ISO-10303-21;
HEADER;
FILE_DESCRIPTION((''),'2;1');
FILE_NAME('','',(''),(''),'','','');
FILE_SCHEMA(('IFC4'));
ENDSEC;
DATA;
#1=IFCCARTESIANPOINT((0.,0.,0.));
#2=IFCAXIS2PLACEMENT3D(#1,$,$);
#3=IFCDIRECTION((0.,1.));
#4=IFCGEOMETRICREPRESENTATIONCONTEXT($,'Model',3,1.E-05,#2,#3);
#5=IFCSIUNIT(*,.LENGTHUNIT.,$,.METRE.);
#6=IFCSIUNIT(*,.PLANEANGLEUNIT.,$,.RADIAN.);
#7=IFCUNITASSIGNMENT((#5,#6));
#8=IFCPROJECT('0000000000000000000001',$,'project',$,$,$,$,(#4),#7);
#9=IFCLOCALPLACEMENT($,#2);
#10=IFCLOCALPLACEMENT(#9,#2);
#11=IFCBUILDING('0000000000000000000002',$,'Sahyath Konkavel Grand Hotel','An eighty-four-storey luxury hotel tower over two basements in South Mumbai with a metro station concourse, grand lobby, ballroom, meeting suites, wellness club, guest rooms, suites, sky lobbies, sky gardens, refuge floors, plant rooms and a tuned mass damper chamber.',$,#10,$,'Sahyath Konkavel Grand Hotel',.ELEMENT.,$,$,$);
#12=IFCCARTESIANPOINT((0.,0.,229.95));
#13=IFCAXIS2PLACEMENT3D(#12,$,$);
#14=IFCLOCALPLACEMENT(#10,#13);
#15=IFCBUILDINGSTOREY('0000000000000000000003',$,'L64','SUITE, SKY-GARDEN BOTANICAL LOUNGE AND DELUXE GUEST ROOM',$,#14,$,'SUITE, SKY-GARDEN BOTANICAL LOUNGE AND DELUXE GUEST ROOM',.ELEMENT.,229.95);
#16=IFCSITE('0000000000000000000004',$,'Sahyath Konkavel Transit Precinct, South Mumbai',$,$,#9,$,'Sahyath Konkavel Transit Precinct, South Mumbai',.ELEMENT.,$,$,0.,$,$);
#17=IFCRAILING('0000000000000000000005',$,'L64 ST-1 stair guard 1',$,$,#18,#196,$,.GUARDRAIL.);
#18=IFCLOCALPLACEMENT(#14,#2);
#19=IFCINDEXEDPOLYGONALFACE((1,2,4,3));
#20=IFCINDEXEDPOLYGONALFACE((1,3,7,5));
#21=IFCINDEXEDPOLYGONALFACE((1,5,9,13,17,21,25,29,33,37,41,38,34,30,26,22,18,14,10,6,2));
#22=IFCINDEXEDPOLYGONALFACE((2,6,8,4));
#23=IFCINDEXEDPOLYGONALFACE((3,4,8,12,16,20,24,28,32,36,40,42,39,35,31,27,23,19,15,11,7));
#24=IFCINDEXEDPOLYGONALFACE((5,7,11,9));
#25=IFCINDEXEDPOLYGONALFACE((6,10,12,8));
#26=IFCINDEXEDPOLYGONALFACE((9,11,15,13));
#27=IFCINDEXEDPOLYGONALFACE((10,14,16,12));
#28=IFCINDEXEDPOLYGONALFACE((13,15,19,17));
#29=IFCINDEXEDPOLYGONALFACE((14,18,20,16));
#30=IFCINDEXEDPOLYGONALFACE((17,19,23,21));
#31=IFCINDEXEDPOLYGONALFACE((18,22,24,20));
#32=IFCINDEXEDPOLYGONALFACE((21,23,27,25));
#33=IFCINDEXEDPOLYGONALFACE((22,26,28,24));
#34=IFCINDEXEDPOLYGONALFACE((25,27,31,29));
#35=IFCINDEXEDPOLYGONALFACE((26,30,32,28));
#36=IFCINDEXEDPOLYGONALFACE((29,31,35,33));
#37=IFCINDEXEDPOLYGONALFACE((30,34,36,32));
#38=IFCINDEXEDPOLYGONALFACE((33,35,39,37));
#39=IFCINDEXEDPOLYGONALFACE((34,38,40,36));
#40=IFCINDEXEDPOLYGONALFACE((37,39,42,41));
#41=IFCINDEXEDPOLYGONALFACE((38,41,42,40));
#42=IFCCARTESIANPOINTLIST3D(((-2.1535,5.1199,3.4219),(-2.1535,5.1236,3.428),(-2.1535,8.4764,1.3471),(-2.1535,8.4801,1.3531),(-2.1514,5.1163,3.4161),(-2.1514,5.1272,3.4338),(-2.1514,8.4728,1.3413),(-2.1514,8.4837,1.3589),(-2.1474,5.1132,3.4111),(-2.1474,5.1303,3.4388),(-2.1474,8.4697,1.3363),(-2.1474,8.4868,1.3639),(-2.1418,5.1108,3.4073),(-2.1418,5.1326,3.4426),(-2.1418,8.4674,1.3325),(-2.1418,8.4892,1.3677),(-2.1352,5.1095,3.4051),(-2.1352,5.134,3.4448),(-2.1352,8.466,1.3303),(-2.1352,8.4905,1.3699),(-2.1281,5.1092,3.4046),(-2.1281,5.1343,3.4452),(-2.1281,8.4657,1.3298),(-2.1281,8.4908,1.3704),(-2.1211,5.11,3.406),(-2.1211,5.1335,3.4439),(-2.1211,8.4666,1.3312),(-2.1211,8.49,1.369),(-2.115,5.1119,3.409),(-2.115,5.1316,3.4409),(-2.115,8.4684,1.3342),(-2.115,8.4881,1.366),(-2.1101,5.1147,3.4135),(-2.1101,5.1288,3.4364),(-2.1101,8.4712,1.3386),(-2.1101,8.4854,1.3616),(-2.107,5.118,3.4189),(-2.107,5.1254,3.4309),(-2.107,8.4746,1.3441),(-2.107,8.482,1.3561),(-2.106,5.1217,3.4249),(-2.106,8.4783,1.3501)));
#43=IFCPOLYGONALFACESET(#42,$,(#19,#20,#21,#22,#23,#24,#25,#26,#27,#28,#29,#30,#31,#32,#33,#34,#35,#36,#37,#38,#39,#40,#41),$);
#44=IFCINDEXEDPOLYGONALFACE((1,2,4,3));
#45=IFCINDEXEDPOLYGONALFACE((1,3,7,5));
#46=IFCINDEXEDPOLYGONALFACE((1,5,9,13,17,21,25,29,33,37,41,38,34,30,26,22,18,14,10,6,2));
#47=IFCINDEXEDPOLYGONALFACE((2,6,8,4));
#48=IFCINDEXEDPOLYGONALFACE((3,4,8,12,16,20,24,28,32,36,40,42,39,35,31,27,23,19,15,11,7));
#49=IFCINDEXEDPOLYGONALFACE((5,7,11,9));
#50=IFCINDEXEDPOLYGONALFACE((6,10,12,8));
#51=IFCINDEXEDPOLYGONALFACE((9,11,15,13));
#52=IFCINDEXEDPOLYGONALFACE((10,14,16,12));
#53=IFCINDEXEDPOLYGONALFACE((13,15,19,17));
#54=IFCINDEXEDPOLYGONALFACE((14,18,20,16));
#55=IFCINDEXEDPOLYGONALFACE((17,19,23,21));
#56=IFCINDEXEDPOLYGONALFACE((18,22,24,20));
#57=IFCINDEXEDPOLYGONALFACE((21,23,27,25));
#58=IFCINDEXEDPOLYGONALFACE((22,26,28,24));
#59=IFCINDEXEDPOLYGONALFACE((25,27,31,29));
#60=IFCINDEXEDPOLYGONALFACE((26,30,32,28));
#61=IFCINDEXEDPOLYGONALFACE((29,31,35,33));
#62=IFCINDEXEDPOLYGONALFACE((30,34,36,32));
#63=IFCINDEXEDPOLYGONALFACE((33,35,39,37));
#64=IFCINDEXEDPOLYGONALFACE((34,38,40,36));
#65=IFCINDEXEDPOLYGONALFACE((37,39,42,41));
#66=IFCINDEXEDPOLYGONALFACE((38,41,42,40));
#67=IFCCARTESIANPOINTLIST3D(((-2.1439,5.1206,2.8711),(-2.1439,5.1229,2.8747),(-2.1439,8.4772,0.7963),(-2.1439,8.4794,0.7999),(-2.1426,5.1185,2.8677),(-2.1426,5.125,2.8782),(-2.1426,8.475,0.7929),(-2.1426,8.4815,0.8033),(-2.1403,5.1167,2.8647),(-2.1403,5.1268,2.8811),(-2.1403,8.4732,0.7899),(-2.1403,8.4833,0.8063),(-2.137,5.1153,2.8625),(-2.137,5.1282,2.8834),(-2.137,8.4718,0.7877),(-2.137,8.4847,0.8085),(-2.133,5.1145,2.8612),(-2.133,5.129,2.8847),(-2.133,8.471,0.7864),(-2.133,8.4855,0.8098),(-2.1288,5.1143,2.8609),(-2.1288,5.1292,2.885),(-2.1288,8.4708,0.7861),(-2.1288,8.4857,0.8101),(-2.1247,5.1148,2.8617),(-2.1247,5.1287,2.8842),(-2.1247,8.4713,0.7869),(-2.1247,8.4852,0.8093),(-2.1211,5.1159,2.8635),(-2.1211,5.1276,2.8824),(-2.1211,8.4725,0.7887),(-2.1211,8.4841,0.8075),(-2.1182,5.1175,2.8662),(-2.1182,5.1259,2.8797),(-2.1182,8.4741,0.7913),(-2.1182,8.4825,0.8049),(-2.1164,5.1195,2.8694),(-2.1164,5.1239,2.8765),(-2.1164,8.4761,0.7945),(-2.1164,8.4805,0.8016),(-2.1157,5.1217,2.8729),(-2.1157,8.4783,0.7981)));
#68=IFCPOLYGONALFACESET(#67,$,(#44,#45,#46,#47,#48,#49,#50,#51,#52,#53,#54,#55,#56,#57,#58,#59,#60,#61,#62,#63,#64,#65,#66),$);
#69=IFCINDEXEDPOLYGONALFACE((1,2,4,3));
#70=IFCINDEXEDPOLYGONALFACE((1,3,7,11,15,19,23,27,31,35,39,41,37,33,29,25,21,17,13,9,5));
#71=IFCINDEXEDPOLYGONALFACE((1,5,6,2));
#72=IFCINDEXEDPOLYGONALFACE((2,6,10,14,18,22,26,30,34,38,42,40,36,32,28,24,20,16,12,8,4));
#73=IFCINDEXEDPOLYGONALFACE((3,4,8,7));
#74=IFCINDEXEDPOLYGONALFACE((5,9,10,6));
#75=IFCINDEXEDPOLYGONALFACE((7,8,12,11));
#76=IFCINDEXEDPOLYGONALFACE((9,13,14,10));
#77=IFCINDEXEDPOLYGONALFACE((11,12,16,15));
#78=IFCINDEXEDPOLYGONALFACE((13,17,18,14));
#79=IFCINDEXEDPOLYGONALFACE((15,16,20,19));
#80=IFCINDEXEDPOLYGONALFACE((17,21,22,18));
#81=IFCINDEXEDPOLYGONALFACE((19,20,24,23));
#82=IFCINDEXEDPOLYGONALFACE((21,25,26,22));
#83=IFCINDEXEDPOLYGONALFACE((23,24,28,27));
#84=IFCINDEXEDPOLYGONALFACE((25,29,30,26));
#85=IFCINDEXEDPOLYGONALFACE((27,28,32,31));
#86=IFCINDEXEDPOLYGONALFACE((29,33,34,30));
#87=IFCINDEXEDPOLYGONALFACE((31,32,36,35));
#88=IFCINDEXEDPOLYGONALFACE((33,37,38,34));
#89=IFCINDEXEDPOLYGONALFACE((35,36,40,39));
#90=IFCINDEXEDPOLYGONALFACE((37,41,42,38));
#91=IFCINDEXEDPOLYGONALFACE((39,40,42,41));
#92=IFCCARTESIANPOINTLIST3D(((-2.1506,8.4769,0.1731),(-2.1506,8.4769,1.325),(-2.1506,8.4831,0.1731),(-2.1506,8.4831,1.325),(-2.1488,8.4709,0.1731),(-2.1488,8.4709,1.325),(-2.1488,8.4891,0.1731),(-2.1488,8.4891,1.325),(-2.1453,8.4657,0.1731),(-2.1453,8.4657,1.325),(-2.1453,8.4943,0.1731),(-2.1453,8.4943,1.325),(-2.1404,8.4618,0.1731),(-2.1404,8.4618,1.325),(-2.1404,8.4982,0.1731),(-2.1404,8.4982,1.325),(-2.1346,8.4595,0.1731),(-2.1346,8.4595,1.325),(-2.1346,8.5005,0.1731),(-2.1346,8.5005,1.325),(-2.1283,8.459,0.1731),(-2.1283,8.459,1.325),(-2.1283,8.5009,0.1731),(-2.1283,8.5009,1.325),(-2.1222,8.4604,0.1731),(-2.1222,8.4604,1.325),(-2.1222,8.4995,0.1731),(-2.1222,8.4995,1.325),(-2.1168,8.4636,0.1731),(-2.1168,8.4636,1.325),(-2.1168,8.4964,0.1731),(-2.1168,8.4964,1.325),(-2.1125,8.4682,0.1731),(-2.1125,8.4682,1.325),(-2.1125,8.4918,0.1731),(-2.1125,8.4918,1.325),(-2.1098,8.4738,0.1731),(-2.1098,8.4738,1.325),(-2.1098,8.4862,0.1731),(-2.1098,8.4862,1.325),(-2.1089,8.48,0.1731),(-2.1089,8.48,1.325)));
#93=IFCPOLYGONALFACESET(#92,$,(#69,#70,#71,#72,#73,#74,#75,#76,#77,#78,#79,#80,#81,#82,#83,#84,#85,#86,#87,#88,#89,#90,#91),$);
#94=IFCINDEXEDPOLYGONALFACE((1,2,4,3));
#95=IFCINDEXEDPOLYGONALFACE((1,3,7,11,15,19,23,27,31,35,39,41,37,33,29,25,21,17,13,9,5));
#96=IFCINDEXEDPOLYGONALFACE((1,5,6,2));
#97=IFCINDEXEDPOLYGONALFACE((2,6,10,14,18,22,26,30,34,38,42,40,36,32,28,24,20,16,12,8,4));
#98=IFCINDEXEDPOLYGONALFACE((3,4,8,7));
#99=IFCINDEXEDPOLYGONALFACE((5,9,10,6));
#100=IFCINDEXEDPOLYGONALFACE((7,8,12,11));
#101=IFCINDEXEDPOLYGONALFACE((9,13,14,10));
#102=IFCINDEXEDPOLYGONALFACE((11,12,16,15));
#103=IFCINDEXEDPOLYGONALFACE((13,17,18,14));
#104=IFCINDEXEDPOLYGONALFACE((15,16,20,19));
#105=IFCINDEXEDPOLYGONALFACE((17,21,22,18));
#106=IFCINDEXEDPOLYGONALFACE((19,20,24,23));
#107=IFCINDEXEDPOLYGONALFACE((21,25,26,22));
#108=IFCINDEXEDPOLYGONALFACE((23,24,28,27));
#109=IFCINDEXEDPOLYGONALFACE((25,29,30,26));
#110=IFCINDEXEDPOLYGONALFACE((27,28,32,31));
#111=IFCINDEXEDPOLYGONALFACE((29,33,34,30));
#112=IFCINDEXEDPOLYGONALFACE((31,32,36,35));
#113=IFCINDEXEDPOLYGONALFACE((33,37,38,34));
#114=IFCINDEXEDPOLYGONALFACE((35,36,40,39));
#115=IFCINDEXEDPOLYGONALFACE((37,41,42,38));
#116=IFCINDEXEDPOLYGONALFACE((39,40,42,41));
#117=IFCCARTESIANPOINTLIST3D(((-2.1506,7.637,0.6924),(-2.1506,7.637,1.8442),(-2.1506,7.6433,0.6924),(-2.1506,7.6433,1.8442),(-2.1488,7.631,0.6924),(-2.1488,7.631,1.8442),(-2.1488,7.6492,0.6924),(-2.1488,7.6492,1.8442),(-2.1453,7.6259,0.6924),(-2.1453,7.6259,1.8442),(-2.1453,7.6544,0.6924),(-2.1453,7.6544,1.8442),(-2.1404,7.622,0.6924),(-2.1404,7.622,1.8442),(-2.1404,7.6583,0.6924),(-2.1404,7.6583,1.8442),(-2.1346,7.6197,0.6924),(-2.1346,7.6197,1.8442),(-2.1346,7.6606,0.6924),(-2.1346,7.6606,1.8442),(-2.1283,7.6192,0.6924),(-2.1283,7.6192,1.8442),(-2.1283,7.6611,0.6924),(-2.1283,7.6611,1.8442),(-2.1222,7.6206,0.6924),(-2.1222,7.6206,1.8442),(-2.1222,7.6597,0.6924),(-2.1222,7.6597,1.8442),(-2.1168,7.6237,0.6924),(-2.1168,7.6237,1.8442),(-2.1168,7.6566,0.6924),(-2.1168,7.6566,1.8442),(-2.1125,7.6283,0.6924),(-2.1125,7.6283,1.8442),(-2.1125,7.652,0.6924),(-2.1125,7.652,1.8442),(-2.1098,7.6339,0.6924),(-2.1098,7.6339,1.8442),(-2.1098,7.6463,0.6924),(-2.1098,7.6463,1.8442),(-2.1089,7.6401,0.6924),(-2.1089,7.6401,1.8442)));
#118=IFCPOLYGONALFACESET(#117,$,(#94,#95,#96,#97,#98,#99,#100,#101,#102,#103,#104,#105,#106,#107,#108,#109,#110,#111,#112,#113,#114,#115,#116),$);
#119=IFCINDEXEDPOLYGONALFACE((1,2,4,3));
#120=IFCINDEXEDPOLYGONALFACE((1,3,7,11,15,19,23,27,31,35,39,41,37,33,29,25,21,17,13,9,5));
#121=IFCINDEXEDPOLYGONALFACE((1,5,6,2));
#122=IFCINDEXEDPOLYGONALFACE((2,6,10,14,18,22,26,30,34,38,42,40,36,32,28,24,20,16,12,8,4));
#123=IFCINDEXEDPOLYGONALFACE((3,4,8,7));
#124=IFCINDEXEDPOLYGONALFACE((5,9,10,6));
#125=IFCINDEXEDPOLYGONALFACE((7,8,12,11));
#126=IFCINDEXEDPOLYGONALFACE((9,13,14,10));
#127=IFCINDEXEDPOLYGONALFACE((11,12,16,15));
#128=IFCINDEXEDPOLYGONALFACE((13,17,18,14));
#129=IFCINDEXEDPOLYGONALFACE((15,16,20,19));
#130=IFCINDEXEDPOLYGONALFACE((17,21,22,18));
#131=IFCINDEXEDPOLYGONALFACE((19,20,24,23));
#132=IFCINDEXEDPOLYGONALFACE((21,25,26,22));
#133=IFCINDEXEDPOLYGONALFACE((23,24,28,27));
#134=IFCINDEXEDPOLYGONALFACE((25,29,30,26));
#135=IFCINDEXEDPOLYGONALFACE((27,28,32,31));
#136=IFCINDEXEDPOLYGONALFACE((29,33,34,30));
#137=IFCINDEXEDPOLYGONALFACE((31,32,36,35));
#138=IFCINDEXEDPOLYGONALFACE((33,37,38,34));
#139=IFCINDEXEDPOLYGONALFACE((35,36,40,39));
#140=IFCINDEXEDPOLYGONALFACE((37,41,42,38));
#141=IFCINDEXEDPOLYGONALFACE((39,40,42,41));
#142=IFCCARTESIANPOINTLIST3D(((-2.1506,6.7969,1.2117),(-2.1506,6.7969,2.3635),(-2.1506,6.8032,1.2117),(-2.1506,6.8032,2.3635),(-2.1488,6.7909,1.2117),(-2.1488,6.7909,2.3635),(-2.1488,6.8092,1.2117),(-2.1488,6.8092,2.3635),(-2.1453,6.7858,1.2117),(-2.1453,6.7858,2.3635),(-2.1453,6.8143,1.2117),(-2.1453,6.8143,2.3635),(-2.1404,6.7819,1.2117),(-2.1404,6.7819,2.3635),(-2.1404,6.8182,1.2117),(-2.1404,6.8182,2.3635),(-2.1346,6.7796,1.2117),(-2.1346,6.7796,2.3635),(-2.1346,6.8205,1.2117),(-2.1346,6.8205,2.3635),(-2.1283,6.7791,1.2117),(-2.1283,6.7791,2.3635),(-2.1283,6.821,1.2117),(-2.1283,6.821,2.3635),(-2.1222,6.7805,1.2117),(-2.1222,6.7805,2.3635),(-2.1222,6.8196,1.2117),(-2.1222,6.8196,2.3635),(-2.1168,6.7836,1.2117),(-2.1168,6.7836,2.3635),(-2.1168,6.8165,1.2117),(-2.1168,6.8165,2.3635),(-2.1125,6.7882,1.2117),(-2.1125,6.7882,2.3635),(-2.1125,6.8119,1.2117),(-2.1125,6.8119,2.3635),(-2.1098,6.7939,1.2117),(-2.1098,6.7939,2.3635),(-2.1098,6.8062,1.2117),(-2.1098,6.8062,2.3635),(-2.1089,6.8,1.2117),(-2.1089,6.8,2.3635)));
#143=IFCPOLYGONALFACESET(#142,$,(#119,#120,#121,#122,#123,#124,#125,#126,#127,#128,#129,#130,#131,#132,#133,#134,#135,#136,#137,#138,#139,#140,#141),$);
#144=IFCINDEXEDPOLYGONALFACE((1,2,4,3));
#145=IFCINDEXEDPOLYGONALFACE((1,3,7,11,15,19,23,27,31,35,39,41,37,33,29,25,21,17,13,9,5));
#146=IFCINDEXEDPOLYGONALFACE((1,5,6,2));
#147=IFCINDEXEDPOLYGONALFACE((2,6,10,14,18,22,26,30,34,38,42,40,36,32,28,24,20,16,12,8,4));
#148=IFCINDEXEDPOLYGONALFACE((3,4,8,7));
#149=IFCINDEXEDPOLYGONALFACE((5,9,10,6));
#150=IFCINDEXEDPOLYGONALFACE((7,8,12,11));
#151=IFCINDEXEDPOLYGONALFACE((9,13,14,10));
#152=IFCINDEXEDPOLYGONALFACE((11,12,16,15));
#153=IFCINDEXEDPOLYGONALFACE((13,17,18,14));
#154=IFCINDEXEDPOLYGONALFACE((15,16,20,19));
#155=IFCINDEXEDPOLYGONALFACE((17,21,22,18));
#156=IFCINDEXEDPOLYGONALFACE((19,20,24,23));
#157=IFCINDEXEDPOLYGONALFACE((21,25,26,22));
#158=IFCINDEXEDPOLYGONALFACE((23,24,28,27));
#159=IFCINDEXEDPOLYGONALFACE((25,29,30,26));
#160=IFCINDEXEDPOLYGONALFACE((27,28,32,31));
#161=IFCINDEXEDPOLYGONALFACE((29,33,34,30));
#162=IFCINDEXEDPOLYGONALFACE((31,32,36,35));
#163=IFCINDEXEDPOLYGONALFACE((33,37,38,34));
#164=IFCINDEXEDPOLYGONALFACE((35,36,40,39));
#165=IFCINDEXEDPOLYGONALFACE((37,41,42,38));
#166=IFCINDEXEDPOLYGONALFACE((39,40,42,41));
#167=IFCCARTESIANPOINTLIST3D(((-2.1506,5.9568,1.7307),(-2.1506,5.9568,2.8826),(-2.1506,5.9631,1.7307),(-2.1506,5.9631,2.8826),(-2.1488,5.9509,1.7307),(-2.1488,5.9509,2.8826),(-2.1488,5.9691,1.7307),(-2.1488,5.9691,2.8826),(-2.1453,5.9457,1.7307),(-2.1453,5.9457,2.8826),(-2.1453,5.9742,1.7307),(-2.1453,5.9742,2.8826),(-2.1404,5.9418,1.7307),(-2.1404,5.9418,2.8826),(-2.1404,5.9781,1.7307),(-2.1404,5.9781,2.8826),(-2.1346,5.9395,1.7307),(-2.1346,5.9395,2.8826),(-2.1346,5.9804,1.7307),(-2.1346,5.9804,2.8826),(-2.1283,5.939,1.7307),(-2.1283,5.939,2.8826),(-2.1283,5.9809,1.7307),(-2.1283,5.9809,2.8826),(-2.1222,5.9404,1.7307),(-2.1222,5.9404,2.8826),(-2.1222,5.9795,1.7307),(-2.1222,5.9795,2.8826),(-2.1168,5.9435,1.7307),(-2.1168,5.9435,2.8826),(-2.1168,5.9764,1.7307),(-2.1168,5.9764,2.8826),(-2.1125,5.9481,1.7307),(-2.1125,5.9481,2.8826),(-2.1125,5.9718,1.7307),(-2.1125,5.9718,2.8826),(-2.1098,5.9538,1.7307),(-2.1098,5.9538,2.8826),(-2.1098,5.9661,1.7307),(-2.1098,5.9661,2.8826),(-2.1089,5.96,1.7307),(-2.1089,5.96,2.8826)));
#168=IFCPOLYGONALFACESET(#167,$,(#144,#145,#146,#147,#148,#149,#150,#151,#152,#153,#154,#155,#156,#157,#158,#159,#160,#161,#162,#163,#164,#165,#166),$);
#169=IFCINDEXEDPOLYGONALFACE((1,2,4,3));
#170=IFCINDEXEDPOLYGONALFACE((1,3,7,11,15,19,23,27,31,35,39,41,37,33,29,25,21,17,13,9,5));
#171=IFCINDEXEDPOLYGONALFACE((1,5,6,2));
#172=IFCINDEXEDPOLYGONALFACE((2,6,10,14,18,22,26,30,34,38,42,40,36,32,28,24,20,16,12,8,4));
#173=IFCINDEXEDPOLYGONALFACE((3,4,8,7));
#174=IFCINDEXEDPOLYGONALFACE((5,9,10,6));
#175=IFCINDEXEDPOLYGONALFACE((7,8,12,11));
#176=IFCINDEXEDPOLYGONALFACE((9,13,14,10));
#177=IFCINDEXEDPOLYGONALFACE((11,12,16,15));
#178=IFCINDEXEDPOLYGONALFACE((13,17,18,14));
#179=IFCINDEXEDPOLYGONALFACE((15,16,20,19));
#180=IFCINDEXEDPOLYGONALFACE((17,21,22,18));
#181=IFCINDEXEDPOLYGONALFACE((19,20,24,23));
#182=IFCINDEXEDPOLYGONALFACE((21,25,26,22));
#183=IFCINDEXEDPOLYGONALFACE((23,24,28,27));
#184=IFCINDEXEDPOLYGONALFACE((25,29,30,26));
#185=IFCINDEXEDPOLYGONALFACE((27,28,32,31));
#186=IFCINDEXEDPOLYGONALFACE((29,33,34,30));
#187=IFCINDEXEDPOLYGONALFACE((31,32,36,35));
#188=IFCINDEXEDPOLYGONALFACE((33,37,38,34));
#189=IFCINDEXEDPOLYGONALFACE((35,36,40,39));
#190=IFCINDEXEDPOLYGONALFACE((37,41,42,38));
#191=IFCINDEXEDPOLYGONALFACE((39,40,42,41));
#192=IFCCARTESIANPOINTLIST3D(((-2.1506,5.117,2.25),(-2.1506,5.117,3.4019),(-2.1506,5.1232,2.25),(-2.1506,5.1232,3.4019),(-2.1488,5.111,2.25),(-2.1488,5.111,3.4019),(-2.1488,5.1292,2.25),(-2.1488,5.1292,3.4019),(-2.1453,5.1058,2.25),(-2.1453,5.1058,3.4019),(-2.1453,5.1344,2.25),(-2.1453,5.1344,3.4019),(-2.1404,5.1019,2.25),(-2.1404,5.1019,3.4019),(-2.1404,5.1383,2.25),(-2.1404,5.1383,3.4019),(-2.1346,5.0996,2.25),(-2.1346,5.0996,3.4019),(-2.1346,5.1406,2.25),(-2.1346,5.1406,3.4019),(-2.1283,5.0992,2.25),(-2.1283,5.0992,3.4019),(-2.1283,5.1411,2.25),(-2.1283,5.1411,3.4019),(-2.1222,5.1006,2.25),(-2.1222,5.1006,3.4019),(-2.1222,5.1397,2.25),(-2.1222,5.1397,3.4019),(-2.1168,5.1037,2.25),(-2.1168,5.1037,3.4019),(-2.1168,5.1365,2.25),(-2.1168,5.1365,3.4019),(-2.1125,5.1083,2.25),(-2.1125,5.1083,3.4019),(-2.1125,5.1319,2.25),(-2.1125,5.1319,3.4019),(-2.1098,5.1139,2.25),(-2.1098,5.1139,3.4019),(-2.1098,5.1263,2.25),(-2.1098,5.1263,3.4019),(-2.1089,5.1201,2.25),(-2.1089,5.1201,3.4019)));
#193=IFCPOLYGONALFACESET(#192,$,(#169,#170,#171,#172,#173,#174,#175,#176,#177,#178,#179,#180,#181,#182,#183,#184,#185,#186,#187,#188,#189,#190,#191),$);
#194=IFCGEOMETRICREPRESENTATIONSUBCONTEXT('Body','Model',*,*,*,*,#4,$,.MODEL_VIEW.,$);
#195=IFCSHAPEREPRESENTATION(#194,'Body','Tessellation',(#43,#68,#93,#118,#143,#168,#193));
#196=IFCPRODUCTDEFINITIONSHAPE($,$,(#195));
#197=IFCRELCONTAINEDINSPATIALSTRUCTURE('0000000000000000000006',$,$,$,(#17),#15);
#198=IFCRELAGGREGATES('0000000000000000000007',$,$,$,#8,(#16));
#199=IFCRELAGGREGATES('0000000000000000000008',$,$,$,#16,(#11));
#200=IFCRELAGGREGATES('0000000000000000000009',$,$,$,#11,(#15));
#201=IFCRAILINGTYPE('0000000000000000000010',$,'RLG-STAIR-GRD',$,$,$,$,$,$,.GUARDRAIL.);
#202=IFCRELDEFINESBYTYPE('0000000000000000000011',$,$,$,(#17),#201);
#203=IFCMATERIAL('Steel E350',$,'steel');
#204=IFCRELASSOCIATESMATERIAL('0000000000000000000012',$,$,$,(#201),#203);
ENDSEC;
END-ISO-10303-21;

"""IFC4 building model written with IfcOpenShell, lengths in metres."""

from ifc_helpers import new_model, si_unit, direction, frame, origin, origin_2d, place, context, subcontext, project, spatial, circle, extrude, material, type_object, element, save


model = new_model("IFC4")

# Units and contexts
model_context = context("Model", 3, precision=1e-05, world=origin(), true_north=direction((0.0, 1.0)))
body_context = subcontext(model_context, "Body", "Model", "MODEL_VIEW")
ifc_project = project(units=[si_unit("LENGTHUNIT", "METRE"), si_unit("PLANEANGLEUNIT", "RADIAN")], contexts=[model_context])

# Site, building, storey
site_placement = place(None, origin())
site = spatial("IfcSite", under=ifc_project, at=site_placement, Name="Sahyath Konkavel Transit Precinct, South Mumbai", LongName="Sahyath Konkavel Transit Precinct, South Mumbai", CompositionType="ELEMENT", RefElevation=0.0)
building_placement = place(site_placement, origin())
building = spatial("IfcBuilding", under=site, at=building_placement, Name="Sahyath Konkavel Grand Hotel", Description="An eighty-four-storey luxury hotel tower over two basements in South Mumbai with a metro station concourse, grand lobby, ballroom, meeting suites, wellness club, guest rooms, suites, sky lobbies, sky gardens, refuge floors, plant rooms and a tuned mass damper chamber.", LongName="Sahyath Konkavel Grand Hotel", CompositionType="ELEMENT")
storey_placement = place(building_placement, frame((0.0, 0.0, 229.95)))
storey = spatial("IfcBuildingStorey", under=building, at=storey_placement, Name="L64", Description="SUITE, SKY-GARDEN BOTANICAL LOUNGE AND DELUXE GUEST ROOM", LongName="SUITE, SKY-GARDEN BOTANICAL LOUNGE AND DELUXE GUEST ROOM", CompositionType="ELEMENT", Elevation=229.95)

# Shared definitions
ifc_material_1 = material(Name="Steel E350", Category="steel")

# Railing
railing_type_1 = type_object("IfcRailingType", Name="RLG-STAIR-GRD", PredefinedType="GUARDRAIL", material=ifc_material_1)
railing_1_placement = place(storey_placement, frame((-2.1299, 8.48, 0.1731)))
element("IfcRailing", 1, at=railing_1_placement, inside=storey, type_object=railing_type_1, Name="L64 ST-1 stair guard 1", PredefinedType="GUARDRAIL", context=body_context, shape_type="SweptSolid", body=[
    extrude(circle(Radius=0.0239, at=origin_2d()), frame((0.0, -0.0017, 1.177), z_axis=(0.0, -0.850606, 0.525803), x_axis=(1.0, 0.0, 0.0)), (0.0, 0.0, 1.0), 3.946),
    extrude(circle(Radius=0.0142, at=origin_2d()), frame((0.0, -0.0017, 0.625), z_axis=(0.0, -0.850606, 0.525803), x_axis=(1.0, 0.0, 0.0)), (0.0, 0.0, 1.0), 3.946),
    extrude(circle(Radius=0.021, at=origin_2d()), origin(), (0.0, 0.0, 1.0), 1.1519),
    extrude(circle(Radius=0.021, at=origin_2d()), frame((0.0, -0.8398, 0.5193)), (0.0, 0.0, 1.0), 1.1519),
    extrude(circle(Radius=0.021, at=origin_2d()), frame((0.0, -1.6799, 1.0386)), (0.0, 0.0, 1.0), 1.1519),
    extrude(circle(Radius=0.021, at=origin_2d()), frame((0.0, -2.52, 1.5576)), (0.0, 0.0, 1.0), 1.1519),
    extrude(circle(Radius=0.021, at=origin_2d()), frame((0.0, -3.3599, 2.0769)), (0.0, 0.0, 1.0), 1.1519),
])

save(model, "model.ifc")
